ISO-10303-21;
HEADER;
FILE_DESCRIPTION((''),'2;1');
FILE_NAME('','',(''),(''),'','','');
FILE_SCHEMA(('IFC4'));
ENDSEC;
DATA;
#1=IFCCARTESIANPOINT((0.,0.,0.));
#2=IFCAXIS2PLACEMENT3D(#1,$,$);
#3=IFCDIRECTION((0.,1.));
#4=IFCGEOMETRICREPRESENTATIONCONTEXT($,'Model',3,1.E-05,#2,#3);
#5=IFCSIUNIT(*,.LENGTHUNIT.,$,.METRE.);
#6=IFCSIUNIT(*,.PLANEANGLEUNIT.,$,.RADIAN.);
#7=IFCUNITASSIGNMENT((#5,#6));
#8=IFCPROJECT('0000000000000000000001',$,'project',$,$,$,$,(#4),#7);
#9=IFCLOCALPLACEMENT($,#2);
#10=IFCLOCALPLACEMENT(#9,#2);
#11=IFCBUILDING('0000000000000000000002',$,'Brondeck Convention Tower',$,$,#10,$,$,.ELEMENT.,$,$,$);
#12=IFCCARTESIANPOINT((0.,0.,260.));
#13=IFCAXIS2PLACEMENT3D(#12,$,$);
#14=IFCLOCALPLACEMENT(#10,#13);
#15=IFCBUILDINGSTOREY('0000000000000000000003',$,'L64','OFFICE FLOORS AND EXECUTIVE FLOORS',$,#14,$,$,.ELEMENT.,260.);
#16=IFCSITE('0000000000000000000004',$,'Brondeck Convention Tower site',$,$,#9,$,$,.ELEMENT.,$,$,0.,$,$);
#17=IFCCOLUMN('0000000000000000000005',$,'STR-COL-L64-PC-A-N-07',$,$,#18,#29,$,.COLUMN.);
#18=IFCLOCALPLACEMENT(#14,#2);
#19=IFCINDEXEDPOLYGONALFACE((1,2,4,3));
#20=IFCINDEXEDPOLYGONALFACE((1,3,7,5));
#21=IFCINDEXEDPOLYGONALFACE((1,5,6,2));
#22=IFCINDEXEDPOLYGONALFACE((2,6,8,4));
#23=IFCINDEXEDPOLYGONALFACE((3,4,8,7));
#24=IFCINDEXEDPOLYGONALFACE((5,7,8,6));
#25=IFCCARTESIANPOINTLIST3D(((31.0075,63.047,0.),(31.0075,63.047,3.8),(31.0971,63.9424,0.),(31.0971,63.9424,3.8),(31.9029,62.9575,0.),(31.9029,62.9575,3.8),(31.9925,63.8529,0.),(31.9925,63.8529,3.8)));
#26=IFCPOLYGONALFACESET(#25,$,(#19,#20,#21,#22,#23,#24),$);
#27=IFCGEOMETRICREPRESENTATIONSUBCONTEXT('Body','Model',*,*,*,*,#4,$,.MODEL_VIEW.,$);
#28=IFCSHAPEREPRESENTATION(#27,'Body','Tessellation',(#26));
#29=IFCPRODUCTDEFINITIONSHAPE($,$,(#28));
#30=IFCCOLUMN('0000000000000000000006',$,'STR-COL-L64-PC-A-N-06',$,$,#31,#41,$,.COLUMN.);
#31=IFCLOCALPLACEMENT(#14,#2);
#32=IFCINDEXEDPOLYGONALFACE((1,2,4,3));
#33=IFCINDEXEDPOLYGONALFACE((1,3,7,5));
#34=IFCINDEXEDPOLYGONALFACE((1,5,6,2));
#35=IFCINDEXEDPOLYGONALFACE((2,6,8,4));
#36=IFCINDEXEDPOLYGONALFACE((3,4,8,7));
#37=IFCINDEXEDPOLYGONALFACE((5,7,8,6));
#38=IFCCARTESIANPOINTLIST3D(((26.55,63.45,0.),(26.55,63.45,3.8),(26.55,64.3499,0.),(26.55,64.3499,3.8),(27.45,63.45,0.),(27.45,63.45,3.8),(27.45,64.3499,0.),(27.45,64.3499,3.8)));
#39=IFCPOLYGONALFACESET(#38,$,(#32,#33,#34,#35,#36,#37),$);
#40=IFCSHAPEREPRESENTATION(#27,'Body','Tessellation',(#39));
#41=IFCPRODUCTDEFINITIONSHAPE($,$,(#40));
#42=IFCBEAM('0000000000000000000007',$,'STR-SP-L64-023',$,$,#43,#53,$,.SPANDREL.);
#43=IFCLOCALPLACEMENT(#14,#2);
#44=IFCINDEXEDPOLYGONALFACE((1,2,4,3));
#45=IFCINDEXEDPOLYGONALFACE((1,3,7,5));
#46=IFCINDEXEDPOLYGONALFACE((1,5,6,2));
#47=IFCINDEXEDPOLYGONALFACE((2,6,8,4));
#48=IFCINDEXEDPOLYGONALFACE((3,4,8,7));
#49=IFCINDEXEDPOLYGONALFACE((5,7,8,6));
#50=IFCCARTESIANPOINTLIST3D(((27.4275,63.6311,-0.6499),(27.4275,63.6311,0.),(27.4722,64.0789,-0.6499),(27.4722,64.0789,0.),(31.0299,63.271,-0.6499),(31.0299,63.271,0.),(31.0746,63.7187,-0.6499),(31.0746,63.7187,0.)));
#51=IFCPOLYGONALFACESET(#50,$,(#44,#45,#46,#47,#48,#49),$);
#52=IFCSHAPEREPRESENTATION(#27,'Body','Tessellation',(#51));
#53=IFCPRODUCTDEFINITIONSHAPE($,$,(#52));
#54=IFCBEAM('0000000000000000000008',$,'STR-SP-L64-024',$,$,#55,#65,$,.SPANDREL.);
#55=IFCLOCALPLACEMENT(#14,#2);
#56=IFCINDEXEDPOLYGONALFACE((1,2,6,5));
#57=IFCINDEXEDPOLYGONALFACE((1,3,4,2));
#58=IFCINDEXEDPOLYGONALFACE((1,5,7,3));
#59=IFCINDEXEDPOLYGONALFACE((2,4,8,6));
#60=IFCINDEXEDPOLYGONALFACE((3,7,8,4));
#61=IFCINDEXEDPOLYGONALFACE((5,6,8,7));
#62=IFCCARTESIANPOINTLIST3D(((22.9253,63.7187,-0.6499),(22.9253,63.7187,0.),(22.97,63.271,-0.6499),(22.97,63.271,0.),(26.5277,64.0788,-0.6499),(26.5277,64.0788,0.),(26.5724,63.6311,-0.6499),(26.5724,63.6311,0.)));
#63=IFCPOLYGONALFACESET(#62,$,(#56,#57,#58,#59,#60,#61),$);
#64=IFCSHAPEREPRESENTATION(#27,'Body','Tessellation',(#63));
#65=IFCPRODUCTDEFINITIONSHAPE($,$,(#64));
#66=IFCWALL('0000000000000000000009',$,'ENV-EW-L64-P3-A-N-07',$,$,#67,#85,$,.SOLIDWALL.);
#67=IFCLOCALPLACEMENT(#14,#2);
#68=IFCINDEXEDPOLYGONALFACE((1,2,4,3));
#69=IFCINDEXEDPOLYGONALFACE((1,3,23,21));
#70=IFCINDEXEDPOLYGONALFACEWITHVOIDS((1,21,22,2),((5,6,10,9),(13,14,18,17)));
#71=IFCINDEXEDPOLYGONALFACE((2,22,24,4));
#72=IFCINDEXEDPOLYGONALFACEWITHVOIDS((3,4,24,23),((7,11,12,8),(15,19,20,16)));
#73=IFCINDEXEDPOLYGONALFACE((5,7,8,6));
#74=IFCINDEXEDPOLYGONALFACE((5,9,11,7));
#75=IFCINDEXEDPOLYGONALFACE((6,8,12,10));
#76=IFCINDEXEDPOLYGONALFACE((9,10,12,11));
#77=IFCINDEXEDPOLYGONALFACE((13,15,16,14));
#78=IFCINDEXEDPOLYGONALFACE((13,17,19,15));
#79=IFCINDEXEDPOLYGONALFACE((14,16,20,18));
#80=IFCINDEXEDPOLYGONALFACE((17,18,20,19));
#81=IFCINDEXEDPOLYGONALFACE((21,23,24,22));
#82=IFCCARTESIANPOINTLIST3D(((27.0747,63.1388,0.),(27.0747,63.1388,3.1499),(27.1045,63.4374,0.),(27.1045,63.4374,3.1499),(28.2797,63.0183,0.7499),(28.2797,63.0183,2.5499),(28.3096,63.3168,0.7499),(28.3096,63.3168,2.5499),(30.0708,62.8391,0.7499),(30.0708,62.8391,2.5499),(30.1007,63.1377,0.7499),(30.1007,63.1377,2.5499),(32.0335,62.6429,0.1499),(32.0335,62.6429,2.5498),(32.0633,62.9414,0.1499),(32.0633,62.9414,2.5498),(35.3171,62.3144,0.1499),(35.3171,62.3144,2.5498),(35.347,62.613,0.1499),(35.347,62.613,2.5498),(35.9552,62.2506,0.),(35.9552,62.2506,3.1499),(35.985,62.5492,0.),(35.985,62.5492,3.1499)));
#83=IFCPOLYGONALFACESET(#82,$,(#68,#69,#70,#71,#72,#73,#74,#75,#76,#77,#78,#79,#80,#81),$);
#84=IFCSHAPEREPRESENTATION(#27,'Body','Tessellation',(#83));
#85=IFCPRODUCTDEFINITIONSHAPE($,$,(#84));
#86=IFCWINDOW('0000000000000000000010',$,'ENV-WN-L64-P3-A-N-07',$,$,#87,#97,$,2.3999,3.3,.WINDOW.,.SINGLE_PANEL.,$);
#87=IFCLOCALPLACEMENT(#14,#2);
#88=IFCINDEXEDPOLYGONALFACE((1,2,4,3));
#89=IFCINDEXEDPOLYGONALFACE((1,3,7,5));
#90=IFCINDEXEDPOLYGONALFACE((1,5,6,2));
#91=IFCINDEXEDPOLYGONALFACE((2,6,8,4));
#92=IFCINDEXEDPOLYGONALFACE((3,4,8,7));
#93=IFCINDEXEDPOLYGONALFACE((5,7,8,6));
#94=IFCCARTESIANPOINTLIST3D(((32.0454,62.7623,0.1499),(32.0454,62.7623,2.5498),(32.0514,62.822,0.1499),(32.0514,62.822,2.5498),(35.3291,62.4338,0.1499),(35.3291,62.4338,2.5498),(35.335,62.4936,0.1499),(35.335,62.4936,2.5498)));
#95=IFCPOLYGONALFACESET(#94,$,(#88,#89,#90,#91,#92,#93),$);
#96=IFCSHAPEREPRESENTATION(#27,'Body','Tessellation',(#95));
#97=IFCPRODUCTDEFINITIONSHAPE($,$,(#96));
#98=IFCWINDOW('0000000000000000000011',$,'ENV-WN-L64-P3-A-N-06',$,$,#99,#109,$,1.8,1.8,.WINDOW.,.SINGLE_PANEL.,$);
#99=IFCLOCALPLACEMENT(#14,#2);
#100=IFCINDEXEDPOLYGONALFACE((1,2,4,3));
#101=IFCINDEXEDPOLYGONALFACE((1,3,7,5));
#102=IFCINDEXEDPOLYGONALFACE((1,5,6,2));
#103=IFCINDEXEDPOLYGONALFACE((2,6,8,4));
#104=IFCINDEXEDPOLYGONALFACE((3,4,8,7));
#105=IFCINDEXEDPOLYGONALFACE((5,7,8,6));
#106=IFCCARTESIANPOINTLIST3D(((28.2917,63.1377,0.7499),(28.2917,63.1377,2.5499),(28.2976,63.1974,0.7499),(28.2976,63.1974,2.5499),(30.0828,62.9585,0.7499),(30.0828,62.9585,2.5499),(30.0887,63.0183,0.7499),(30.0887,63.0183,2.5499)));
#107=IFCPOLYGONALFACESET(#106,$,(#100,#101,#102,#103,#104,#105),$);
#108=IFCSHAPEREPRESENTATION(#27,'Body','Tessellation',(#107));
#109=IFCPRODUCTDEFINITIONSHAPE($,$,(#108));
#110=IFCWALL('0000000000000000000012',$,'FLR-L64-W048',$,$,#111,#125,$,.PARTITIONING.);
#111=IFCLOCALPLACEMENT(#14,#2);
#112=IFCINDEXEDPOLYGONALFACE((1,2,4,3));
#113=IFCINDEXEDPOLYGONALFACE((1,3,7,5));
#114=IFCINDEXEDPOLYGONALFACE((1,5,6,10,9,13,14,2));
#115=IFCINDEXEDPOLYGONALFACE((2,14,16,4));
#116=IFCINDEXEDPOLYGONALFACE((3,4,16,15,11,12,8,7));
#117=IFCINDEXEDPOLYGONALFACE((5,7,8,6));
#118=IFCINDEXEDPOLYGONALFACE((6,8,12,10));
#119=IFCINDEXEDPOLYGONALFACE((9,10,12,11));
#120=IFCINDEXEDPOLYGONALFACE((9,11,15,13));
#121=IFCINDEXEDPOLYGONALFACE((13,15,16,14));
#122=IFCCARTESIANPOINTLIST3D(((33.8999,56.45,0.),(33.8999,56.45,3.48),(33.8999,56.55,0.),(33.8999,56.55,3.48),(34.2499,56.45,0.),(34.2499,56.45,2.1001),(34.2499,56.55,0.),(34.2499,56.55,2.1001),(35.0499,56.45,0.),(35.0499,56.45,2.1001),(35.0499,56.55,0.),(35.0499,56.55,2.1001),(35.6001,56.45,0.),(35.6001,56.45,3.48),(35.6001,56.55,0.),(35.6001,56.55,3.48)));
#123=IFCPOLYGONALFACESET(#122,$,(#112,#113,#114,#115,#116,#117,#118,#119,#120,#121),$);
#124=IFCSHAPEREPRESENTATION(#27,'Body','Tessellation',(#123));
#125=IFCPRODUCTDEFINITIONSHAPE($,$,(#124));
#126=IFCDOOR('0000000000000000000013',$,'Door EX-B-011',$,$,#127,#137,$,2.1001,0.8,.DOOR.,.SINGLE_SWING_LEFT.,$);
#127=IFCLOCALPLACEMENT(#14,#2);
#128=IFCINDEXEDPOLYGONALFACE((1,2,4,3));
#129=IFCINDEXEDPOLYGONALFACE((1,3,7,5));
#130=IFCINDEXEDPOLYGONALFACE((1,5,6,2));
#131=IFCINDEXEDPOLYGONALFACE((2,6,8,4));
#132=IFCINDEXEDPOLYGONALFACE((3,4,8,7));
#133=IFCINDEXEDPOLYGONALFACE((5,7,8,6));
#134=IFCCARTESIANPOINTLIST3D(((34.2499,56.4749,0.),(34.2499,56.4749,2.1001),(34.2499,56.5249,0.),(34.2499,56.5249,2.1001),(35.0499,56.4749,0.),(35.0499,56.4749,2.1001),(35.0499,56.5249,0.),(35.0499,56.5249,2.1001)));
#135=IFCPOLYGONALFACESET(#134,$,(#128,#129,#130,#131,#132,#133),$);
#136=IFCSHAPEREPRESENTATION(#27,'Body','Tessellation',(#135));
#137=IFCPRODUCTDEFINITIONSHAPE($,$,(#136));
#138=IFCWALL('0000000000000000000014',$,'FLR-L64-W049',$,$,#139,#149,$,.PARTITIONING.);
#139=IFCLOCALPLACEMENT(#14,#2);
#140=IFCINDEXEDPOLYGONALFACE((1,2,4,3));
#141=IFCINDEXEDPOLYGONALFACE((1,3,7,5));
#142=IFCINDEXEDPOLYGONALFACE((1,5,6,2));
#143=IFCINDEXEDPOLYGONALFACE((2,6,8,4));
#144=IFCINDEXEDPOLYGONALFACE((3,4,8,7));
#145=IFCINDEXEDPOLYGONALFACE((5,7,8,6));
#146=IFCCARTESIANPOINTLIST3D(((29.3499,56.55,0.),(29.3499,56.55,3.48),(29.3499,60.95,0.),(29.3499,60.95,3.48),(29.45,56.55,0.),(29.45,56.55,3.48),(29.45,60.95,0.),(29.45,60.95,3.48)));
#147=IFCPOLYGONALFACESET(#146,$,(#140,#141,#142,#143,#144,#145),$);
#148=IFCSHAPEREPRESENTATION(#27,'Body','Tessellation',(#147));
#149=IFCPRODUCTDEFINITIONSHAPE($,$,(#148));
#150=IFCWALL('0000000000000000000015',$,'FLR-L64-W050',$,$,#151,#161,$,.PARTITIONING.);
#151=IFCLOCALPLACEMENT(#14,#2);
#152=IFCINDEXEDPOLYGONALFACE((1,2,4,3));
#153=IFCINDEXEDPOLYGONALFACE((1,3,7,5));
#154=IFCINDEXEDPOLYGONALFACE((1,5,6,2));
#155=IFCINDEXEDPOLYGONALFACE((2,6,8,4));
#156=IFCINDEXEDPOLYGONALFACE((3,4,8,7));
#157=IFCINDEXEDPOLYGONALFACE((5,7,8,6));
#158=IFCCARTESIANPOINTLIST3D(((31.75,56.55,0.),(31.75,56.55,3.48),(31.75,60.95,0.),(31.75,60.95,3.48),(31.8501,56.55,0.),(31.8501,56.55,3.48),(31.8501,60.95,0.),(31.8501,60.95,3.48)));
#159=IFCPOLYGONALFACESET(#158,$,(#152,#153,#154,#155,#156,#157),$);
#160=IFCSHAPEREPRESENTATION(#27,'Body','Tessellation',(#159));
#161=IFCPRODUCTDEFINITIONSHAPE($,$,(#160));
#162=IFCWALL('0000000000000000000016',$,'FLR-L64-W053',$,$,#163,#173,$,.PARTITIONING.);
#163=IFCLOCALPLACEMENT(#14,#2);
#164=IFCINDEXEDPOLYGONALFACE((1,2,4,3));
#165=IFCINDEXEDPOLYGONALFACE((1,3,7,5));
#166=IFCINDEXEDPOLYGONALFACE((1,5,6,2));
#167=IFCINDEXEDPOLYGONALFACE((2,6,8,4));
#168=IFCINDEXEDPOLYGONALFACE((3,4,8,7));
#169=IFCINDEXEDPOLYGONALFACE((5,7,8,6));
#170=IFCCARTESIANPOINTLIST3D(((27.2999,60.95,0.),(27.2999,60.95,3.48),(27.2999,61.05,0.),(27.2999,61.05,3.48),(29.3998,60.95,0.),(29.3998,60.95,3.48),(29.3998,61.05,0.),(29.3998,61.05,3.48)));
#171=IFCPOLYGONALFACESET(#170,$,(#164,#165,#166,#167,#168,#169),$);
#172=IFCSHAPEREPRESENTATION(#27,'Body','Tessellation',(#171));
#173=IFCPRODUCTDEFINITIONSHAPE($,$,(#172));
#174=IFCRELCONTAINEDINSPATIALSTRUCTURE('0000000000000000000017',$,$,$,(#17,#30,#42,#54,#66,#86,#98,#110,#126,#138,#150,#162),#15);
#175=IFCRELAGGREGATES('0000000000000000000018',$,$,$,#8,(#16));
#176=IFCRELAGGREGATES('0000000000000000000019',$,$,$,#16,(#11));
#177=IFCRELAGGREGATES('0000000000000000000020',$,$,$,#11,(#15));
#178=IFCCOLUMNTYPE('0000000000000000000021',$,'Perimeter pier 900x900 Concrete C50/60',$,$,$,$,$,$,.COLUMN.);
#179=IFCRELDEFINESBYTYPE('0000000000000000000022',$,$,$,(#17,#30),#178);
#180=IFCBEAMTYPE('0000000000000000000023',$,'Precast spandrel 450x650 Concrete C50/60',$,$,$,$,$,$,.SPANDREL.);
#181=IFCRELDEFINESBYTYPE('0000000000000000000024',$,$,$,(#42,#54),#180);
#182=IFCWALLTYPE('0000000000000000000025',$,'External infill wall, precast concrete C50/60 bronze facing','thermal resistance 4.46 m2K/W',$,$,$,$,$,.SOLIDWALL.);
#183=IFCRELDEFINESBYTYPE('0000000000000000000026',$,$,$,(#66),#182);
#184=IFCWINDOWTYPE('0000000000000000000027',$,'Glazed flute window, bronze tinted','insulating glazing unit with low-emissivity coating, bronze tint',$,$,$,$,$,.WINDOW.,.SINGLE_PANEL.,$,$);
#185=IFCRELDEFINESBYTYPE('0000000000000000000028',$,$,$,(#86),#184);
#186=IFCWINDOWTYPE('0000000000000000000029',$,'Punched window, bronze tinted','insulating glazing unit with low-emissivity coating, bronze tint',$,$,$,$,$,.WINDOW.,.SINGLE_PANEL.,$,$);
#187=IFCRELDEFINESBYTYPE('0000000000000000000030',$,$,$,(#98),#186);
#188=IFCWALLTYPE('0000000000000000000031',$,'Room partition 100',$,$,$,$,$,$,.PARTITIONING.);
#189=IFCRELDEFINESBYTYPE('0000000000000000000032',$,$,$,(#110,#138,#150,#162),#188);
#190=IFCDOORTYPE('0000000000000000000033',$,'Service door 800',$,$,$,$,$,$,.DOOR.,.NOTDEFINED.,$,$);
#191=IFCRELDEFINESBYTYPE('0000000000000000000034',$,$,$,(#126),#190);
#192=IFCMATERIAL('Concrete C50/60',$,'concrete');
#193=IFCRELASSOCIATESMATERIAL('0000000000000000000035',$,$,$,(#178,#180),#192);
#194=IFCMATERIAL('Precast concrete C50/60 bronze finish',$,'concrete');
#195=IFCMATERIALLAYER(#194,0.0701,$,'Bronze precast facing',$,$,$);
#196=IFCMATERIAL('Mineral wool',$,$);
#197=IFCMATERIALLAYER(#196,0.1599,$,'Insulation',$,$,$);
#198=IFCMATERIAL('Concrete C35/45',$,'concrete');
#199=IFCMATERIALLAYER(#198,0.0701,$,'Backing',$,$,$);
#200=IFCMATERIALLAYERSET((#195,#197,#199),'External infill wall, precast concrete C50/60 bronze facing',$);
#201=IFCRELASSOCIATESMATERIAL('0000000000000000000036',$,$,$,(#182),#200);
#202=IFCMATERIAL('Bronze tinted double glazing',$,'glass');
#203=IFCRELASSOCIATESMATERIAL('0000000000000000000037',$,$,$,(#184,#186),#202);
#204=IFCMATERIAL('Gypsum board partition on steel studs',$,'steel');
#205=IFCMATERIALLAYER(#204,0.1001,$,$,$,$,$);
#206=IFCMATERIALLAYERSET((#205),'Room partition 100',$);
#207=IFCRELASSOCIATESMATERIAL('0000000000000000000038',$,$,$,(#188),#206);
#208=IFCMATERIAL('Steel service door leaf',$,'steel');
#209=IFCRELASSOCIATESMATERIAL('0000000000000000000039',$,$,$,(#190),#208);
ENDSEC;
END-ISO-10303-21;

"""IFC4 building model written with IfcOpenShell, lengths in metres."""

from ifc_helpers import new_model, si_unit, direction, frame, frame_2d, origin, origin_2d, place, context, subcontext, project, spatial, rectangle, extrude, material, layer, layer_set, material_profile, profile_set, type_object, element, fill, save


model = new_model("IFC4")

# Units and contexts
model_context = context("Model", 3, precision=1e-05, world=origin(), true_north=direction((0.0, 1.0)))
body_context = subcontext(model_context, "Body", "Model", "MODEL_VIEW")
ifc_project = project(units=[si_unit("LENGTHUNIT", "METRE"), si_unit("PLANEANGLEUNIT", "RADIAN")], contexts=[model_context])

# Site, building, storey
site_placement = place(None, origin())
site = spatial("IfcSite", under=ifc_project, at=site_placement, Name="Brondeck Convention Tower site", CompositionType="ELEMENT", RefElevation=0.0)
building_placement = place(site_placement, origin())
building = spatial("IfcBuilding", under=site, at=building_placement, Name="Brondeck Convention Tower", CompositionType="ELEMENT")
storey_placement = place(building_placement, frame((0.0, 0.0, 260.0)))
storey = spatial("IfcBuildingStorey", under=building, at=storey_placement, Name="L64", Description="OFFICE FLOORS AND EXECUTIVE FLOORS", CompositionType="ELEMENT", Elevation=260.0)

# Columns
ifc_material_1 = material(Name="Concrete C50/60", Category="concrete")
ifc_material_profile_1 = material_profile(ifc_material_1, rectangle(XDim=0.8999, YDim=0.8999, at=origin_2d()), Name="Perimeter pier 900x900 Concrete C50/60")
ifc_profile_set_1 = profile_set([ifc_material_profile_1], Name="Concrete C50/60")
column_type = type_object("IfcColumnType", Name="Perimeter pier 900x900 Concrete C50/60", PredefinedType="COLUMN", material=ifc_profile_set_1)
for number, where, z_axis, x_axis, name in (
    (1, (31.5, 63.45, 0.0), (0.0, 0.0, 1.0), (-0.995037, 0.099504, 0.0), "STR-COL-L64-PC-A-N-07"),
    (2, (27.0, 63.8999, 0.0), (0.0, 0.0, 1.0), (-1.0, 0.0, 0.0), "STR-COL-L64-PC-A-N-06"),
):
    element("IfcColumn", number, at=place(storey_placement, frame(where, z_axis=z_axis, x_axis=x_axis)), inside=storey, type_object=column_type, Name=name, PredefinedType="COLUMN", context=body_context, shape_type="SweptSolid", body=[
        extrude(rectangle(XDim=0.8999, YDim=0.8999, at=origin_2d()), origin(), (0.0, 0.0, 1.0), 3.8),
    ])

# Beams
ifc_material_profile_2 = material_profile(ifc_material_1, rectangle(XDim=0.45, YDim=0.6499, at=origin_2d()), Name="Precast spandrel 450x650 Concrete C50/60")
ifc_profile_set_2 = profile_set([ifc_material_profile_2], Name="Concrete C50/60")
beam_type = type_object("IfcBeamType", Name="Precast spandrel 450x650 Concrete C50/60", PredefinedType="SPANDREL", material=ifc_profile_set_2)
for number, where, z_axis, x_axis, name in (
    (3, (31.0522, 63.4949, -0.325), (-0.995041, 0.09947, 0.0), (-0.09947, -0.995041, 0.0), "STR-SP-L64-023"),
    (4, (26.55, 63.855, -0.325), (-0.995041, -0.09947, 0.0), (0.09947, -0.995041, 0.0), "STR-SP-L64-024"),
):
    element("IfcBeam", number, at=place(storey_placement, frame(where, z_axis=z_axis, x_axis=x_axis)), inside=storey, type_object=beam_type, Name=name, PredefinedType="SPANDREL", context=body_context, shape_type="SweptSolid", body=[
        extrude(rectangle(XDim=0.45, YDim=0.6499, at=origin_2d()), origin(), (0.0, 0.0, 1.0), 3.6204),
    ])

# Wall, openings, windows
ifc_material_2 = material(Name="Precast concrete C50/60 bronze finish", Category="concrete")
ifc_layer_1 = layer(ifc_material_2, 0.0701, Name="Bronze precast facing")
ifc_material_3 = material(Name="Mineral wool")
ifc_layer_2 = layer(ifc_material_3, 0.1599, Name="Insulation")
ifc_material_4 = material(Name="Concrete C35/45", Category="concrete")
ifc_layer_3 = layer(ifc_material_4, 0.0701, Name="Backing")
ifc_layer_set_1 = layer_set([ifc_layer_1, ifc_layer_2, ifc_layer_3], Name="External infill wall, precast concrete C50/60 bronze facing")
wall_type_1 = type_object("IfcWallType", Name="External infill wall, precast concrete C50/60 bronze facing", Description="thermal resistance 4.46 m2K/W", PredefinedType="SOLIDWALL", material=ifc_layer_set_1)
wall_1_placement = place(storey_placement, frame((27.0896, 63.2881, 0.0), z_axis=(0.0, 0.0, 1.0), x_axis=(0.995036, -0.099517, 0.0)))
wall_1 = element("IfcWall", 5, at=wall_1_placement, inside=storey, type_object=wall_type_1, Name="ENV-EW-L64-P3-A-N-07", PredefinedType="SOLIDWALL", context=body_context, shape_type="SweptSolid", body=[
    extrude(rectangle(XDim=8.9248, YDim=0.3, at=frame_2d((4.4624, 0.0))), origin(), (0.0, 0.0, 1.0), 3.1499),
])
opening_1_placement = place(wall_1_placement, frame((1.2112, 0.0, 0.75)))
opening_1 = element("IfcOpeningElement", 6, at=opening_1_placement, cuts=wall_1, PredefinedType="OPENING", context=body_context, shape_type="SweptSolid", body=[
    extrude(rectangle(XDim=1.8, YDim=1.8, at=frame_2d((0.8999, 0.8999))), frame((0.0, 0.1599, 0.0), z_axis=(0.0, -1.0, 0.0), x_axis=(1.0, 0.0, 0.0)), (0.0, 0.0, 1.0), 0.3201),
])
opening_2_placement = place(wall_1_placement, frame((4.9836, 0.0, 0.1499)))
opening_2 = element("IfcOpeningElement", 7, at=opening_2_placement, cuts=wall_1, PredefinedType="OPENING", context=body_context, shape_type="SweptSolid", body=[
    extrude(rectangle(XDim=3.3, YDim=2.3999, at=frame_2d((1.6499, 1.2))), frame((0.0, 0.1599, 0.0), z_axis=(0.0, -1.0, 0.0), x_axis=(1.0, 0.0, 0.0)), (0.0, 0.0, 1.0), 0.3201),
])
ifc_material_5 = material(Name="Bronze tinted double glazing", Category="glass")
window_type_1 = type_object("IfcWindowType", Name="Glazed flute window, bronze tinted", Description="insulating glazing unit with low-emissivity coating, bronze tint", PartitioningType="SINGLE_PANEL", PredefinedType="WINDOW", material=ifc_material_5)
window_1_placement = place(opening_2_placement, origin())
window_1 = element("IfcWindow", 8, at=window_1_placement, inside=storey, type_object=window_type_1, Name="ENV-WN-L64-P3-A-N-07", OverallHeight=2.3999, OverallWidth=3.3, PartitioningType="SINGLE_PANEL", PredefinedType="WINDOW", context=body_context, shape_type="SweptSolid", body=[
    extrude(rectangle(XDim=3.3, YDim=2.3999, at=frame_2d((1.6499, 1.2))), frame((0.0, 0.03, 0.0), z_axis=(0.0, -1.0, 0.0), x_axis=(1.0, 0.0, 0.0)), (0.0, 0.0, 1.0), 0.0601),
])
fill(opening_2, window_1)
window_type_2 = type_object("IfcWindowType", Name="Punched window, bronze tinted", Description="insulating glazing unit with low-emissivity coating, bronze tint", PartitioningType="SINGLE_PANEL", PredefinedType="WINDOW", material=ifc_material_5)
window_2_placement = place(opening_1_placement, origin())
window_2 = element("IfcWindow", 9, at=window_2_placement, inside=storey, type_object=window_type_2, Name="ENV-WN-L64-P3-A-N-06", OverallHeight=1.8, OverallWidth=1.8, PartitioningType="SINGLE_PANEL", PredefinedType="WINDOW", context=body_context, shape_type="SweptSolid", body=[
    extrude(rectangle(XDim=1.8, YDim=1.8, at=frame_2d((0.8999, 0.8999))), frame((0.0, 0.03, 0.0), z_axis=(0.0, -1.0, 0.0), x_axis=(1.0, 0.0, 0.0)), (0.0, 0.0, 1.0), 0.0601),
])
fill(opening_1, window_2)

# Wall, opening, door
ifc_material_6 = material(Name="Gypsum board partition on steel studs", Category="steel")
ifc_layer_4 = layer(ifc_material_6, 0.1001)
ifc_layer_set_2 = layer_set([ifc_layer_4], Name="Room partition 100")
wall_type_2 = type_object("IfcWallType", Name="Room partition 100", PredefinedType="PARTITIONING", material=ifc_layer_set_2)
wall_2_placement = place(storey_placement, frame((33.8999, 56.5, 0.0), z_axis=(0.0, 0.0, 1.0), x_axis=(1.0, 0.0, 0.0)))
wall_2 = element("IfcWall", 10, at=wall_2_placement, inside=storey, type_object=wall_type_2, Name="FLR-L64-W048", PredefinedType="PARTITIONING", context=body_context, shape_type="SweptSolid", body=[
    extrude(rectangle(XDim=1.7002, YDim=0.1001, at=frame_2d((0.8501, 0.0))), origin(), (0.0, 0.0, 1.0), 3.48),
])
opening_3_placement = place(wall_2_placement, frame((0.3501, 0.0, 0.0)))
opening_3 = element("IfcOpeningElement", 11, at=opening_3_placement, cuts=wall_2, PredefinedType="OPENING", context=body_context, shape_type="SweptSolid", body=[
    extrude(rectangle(XDim=0.8, YDim=2.1001, at=frame_2d((0.3999, 1.05))), frame((0.0, 0.0601, 0.0), z_axis=(0.0, -1.0, 0.0), x_axis=(1.0, 0.0, 0.0)), (0.0, 0.0, 1.0), 0.1201),
])
ifc_material_7 = material(Name="Steel service door leaf", Category="steel")
door_type = type_object("IfcDoorType", Name="Service door 800", OperationType="NOTDEFINED", PredefinedType="DOOR", material=ifc_material_7)
door_placement = place(opening_3_placement, origin())
door = element("IfcDoor", 12, at=door_placement, inside=storey, type_object=door_type, Name="Door EX-B-011", OperationType="SINGLE_SWING_LEFT", OverallHeight=2.1001, OverallWidth=0.8, PredefinedType="DOOR", context=body_context, shape_type="SweptSolid", body=[
    extrude(rectangle(XDim=0.8, YDim=2.1001, at=frame_2d((0.3999, 1.05))), frame((0.0, 0.0249, 0.0), z_axis=(0.0, -1.0, 0.0), x_axis=(1.0, 0.0, 0.0)), (0.0, 0.0, 1.0), 0.05),
])
fill(opening_3, door)

# Walls
for number, where, z_axis, x_axis, name in (
    (13, (29.3999, 60.95, 0.0), (0.0, 0.0, 1.0), (0.0, -1.0, 0.0), "FLR-L64-W049"),
    (14, (31.8, 60.95, 0.0), (0.0, 0.0, 1.0), (0.0, -1.0, 0.0), "FLR-L64-W050"),
):
    element("IfcWall", number, at=place(storey_placement, frame(where, z_axis=z_axis, x_axis=x_axis)), inside=storey, type_object=wall_type_2, Name=name, PredefinedType="PARTITIONING", context=body_context, shape_type="SweptSolid", body=[
        extrude(rectangle(XDim=4.3999, YDim=0.1001, at=frame_2d((2.2, 0.0))), origin(), (0.0, 0.0, 1.0), 3.48),
    ])
wall_3_placement = place(storey_placement, frame((27.3, 61.0, 0.0), z_axis=(0.0, 0.0, 1.0), x_axis=(1.0, 0.0, 0.0)))
element("IfcWall", 15, at=wall_3_placement, inside=storey, type_object=wall_type_2, Name="FLR-L64-W053", PredefinedType="PARTITIONING", context=body_context, shape_type="SweptSolid", body=[
    extrude(rectangle(XDim=2.0999, YDim=0.1001, at=frame_2d((1.0498, 0.0))), origin(), (0.0, 0.0, 1.0), 3.48),
])

save(model, "model.ifc")
